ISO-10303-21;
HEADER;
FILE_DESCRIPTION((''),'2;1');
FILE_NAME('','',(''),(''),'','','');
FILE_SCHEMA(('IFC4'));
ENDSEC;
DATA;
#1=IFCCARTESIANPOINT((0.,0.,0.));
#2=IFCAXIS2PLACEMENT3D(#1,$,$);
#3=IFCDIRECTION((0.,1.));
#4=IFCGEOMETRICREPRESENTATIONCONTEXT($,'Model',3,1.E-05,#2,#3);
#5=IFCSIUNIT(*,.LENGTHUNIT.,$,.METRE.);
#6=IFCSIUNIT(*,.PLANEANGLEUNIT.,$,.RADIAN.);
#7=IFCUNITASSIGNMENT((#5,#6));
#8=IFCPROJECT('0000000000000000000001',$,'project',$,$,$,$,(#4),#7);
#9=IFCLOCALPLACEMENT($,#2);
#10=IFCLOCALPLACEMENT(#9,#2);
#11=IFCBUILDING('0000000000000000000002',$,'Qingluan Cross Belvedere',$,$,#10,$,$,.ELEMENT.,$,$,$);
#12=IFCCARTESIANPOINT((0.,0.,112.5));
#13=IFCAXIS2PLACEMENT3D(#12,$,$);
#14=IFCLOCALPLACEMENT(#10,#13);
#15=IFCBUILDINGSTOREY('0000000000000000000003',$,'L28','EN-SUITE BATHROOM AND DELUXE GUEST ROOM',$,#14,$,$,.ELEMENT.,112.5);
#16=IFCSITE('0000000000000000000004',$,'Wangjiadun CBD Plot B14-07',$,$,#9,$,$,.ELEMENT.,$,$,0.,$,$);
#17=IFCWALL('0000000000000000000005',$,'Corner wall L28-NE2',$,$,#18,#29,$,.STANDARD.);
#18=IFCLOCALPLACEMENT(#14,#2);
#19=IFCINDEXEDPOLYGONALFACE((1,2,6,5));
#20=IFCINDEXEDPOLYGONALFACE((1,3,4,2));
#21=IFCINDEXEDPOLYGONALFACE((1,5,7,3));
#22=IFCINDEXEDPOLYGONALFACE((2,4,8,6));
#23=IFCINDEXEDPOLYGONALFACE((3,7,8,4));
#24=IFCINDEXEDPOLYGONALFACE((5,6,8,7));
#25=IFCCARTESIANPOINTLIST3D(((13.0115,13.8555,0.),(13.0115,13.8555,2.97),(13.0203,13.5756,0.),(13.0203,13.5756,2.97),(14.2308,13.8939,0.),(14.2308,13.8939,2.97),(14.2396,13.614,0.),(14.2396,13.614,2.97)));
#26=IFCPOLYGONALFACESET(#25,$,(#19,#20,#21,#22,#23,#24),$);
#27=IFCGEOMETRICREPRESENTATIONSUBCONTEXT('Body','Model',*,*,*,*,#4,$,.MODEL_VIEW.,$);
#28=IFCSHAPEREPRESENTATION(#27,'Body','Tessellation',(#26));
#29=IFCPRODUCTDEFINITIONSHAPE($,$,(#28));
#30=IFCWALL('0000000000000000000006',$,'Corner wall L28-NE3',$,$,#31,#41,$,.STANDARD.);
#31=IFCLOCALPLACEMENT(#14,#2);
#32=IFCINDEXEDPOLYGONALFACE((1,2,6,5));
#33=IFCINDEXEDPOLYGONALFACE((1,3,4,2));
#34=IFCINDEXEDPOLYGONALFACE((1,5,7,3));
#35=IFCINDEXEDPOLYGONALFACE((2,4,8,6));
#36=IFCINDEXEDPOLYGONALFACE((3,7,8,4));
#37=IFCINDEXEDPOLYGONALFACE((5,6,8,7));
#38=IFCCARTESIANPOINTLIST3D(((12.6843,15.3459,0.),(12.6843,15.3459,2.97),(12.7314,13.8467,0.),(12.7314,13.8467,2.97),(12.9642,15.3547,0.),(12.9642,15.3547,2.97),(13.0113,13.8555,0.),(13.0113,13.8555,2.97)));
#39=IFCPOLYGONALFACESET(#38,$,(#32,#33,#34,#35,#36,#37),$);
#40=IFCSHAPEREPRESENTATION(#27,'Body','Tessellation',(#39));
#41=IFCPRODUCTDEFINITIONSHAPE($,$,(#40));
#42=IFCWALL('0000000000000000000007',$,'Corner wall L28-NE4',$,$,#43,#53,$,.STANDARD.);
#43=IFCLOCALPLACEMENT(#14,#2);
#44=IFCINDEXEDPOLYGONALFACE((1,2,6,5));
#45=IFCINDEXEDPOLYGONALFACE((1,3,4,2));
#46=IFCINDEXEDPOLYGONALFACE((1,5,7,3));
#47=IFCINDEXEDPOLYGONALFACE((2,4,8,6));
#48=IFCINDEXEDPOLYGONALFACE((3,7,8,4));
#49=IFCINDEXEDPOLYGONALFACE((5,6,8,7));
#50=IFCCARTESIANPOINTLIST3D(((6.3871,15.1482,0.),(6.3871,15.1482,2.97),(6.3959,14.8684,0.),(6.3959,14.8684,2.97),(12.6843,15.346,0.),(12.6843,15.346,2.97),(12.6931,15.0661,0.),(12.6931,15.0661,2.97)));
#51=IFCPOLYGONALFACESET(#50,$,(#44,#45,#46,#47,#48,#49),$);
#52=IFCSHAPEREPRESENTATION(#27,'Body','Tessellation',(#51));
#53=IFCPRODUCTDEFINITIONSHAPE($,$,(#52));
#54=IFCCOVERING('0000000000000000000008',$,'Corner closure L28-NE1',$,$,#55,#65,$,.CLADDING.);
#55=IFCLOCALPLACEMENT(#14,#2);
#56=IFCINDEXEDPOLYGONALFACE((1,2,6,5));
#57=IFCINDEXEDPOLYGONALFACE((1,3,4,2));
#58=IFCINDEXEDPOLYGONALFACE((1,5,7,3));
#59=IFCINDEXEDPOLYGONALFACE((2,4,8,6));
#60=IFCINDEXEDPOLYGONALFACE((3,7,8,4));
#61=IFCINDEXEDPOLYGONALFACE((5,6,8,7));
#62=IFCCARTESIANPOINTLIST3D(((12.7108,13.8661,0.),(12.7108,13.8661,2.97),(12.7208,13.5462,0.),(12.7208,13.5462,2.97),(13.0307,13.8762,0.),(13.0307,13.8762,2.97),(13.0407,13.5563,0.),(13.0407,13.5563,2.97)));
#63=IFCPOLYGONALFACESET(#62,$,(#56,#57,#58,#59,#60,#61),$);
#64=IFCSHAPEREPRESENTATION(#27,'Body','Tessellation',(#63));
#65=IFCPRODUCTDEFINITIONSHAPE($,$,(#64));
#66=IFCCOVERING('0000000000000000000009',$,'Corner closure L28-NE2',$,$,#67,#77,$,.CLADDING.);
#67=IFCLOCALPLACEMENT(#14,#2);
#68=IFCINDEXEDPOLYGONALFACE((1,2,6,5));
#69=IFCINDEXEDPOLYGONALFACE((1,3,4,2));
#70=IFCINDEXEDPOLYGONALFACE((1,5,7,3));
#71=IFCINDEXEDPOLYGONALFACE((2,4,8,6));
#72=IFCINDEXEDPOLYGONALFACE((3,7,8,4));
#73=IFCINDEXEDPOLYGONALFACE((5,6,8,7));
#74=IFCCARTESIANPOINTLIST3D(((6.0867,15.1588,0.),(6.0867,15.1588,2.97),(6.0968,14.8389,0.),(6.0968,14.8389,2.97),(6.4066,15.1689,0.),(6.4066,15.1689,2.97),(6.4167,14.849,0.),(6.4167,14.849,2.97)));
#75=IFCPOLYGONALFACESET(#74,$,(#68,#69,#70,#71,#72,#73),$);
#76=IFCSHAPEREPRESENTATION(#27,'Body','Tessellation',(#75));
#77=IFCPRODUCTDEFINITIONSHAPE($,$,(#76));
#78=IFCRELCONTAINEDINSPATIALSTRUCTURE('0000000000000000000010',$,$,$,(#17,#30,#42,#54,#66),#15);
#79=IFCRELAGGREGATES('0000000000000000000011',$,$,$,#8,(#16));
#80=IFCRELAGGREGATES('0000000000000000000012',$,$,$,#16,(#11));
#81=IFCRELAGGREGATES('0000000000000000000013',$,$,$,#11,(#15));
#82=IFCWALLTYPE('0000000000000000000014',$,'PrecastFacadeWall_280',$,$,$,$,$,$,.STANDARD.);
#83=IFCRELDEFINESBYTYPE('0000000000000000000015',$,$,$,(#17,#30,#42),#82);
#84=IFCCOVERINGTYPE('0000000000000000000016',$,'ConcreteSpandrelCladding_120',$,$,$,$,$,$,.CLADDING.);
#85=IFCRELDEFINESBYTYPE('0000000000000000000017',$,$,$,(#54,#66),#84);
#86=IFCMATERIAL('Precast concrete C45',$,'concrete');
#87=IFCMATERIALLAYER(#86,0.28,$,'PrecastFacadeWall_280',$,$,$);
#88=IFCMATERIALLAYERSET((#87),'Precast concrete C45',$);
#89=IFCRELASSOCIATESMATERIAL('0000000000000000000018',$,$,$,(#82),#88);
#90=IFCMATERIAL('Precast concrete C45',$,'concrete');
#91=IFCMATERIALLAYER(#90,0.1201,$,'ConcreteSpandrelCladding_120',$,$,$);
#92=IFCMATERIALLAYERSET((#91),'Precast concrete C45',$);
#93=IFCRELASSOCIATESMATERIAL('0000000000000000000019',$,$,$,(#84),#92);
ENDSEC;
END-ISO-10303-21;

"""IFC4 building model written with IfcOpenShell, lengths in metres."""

from ifc_helpers import new_model, si_unit, direction, frame, frame_2d, origin, origin_2d, place, context, subcontext, project, spatial, rectangle, extrude, material, layer, layer_set, type_object, element, save


model = new_model("IFC4")

# Units and contexts
model_context = context("Model", 3, precision=1e-05, world=origin(), true_north=direction((0.0, 1.0)))
body_context = subcontext(model_context, "Body", "Model", "MODEL_VIEW")
ifc_project = project(units=[si_unit("LENGTHUNIT", "METRE"), si_unit("PLANEANGLEUNIT", "RADIAN")], contexts=[model_context])

# Site, building, storey
site_placement = place(None, origin())
site = spatial("IfcSite", under=ifc_project, at=site_placement, Name="Wangjiadun CBD Plot B14-07", CompositionType="ELEMENT", RefElevation=0.0)
building_placement = place(site_placement, origin())
building = spatial("IfcBuilding", under=site, at=building_placement, Name="Qingluan Cross Belvedere", CompositionType="ELEMENT")
storey_placement = place(building_placement, frame((0.0, 0.0, 112.5)))
storey = spatial("IfcBuildingStorey", under=building, at=storey_placement, Name="L28", Description="EN-SUITE BATHROOM AND DELUXE GUEST ROOM", CompositionType="ELEMENT", Elevation=112.5)

# Shared definitions
ifc_material_1 = material(Name="Precast concrete C45", Category="concrete")
ifc_layer_1 = layer(ifc_material_1, 0.28, Name="PrecastFacadeWall_280")
ifc_layer_set_1 = layer_set([ifc_layer_1], Name="Precast concrete C45")
wall_type_1 = type_object("IfcWallType", Name="PrecastFacadeWall_280", PredefinedType="STANDARD", material=ifc_layer_set_1)

# Walls
wall_1_placement = place(storey_placement, frame((14.2351, 13.7539, 0.0), z_axis=(0.0, 0.0, 1.0), x_axis=(-0.999506, -0.031416, 0.0)))
element("IfcWall", 1, at=wall_1_placement, inside=storey, type_object=wall_type_1, Name="Corner wall L28-NE2", PredefinedType="STANDARD", context=body_context, shape_type="SweptSolid", body=[
    extrude(rectangle(XDim=1.22, YDim=0.28, at=frame_2d((0.6099, 0.0))), origin(), (0.0, 0.0, 1.0), 2.97),
])
wall_2_placement = place(storey_placement, frame((12.8713, 13.8511, 0.0), z_axis=(0.0, 0.0, 1.0), x_axis=(-0.031413, 0.999507, 0.0)))
element("IfcWall", 2, at=wall_2_placement, inside=storey, type_object=wall_type_1, Name="Corner wall L28-NE3", PredefinedType="STANDARD", context=body_context, shape_type="SweptSolid", body=[
    extrude(rectangle(XDim=1.5, YDim=0.28, at=frame_2d((0.75, 0.0))), origin(), (0.0, 0.0, 1.0), 2.97),
])
wall_3_placement = place(storey_placement, frame((12.6887, 15.2061, 0.0), z_axis=(0.0, 0.0, 1.0), x_axis=(-0.999507, -0.031388, 0.0)))
element("IfcWall", 3, at=wall_3_placement, inside=storey, type_object=wall_type_1, Name="Corner wall L28-NE4", PredefinedType="STANDARD", context=body_context, shape_type="SweptSolid", body=[
    extrude(rectangle(XDim=6.3003, YDim=0.28, at=frame_2d((3.1501, 0.0))), origin(), (0.0, 0.0, 1.0), 2.97),
])

# Coverings
ifc_material_2 = material(Name="Precast concrete C45", Category="concrete")
ifc_layer_2 = layer(ifc_material_2, 0.1201, Name="ConcreteSpandrelCladding_120")
ifc_layer_set_2 = layer_set([ifc_layer_2], Name="Precast concrete C45")
covering_type = type_object("IfcCoveringType", Name="ConcreteSpandrelCladding_120", PredefinedType="CLADDING", material=ifc_layer_set_2)
for number, where, z_axis, x_axis, name in (
    (4, (12.8757, 13.7112, 0.0), (0.0, 0.0, 1.0), (0.999507, 0.031411, 0.0), "Corner closure L28-NE1"),
    (5, (6.2517, 15.0039, 0.0), (0.0, 0.0, 1.0), (0.999507, 0.031411, 0.0), "Corner closure L28-NE2"),
):
    element("IfcCovering", number, at=place(storey_placement, frame(where, z_axis=z_axis, x_axis=x_axis)), inside=storey, type_object=covering_type, Name=name, PredefinedType="CLADDING", context=body_context, shape_type="SweptSolid", body=[
        extrude(rectangle(XDim=0.3201, YDim=0.3201, at=origin_2d()), origin(), (0.0, 0.0, 1.0), 2.97),
    ])

save(model, "model.ifc")
